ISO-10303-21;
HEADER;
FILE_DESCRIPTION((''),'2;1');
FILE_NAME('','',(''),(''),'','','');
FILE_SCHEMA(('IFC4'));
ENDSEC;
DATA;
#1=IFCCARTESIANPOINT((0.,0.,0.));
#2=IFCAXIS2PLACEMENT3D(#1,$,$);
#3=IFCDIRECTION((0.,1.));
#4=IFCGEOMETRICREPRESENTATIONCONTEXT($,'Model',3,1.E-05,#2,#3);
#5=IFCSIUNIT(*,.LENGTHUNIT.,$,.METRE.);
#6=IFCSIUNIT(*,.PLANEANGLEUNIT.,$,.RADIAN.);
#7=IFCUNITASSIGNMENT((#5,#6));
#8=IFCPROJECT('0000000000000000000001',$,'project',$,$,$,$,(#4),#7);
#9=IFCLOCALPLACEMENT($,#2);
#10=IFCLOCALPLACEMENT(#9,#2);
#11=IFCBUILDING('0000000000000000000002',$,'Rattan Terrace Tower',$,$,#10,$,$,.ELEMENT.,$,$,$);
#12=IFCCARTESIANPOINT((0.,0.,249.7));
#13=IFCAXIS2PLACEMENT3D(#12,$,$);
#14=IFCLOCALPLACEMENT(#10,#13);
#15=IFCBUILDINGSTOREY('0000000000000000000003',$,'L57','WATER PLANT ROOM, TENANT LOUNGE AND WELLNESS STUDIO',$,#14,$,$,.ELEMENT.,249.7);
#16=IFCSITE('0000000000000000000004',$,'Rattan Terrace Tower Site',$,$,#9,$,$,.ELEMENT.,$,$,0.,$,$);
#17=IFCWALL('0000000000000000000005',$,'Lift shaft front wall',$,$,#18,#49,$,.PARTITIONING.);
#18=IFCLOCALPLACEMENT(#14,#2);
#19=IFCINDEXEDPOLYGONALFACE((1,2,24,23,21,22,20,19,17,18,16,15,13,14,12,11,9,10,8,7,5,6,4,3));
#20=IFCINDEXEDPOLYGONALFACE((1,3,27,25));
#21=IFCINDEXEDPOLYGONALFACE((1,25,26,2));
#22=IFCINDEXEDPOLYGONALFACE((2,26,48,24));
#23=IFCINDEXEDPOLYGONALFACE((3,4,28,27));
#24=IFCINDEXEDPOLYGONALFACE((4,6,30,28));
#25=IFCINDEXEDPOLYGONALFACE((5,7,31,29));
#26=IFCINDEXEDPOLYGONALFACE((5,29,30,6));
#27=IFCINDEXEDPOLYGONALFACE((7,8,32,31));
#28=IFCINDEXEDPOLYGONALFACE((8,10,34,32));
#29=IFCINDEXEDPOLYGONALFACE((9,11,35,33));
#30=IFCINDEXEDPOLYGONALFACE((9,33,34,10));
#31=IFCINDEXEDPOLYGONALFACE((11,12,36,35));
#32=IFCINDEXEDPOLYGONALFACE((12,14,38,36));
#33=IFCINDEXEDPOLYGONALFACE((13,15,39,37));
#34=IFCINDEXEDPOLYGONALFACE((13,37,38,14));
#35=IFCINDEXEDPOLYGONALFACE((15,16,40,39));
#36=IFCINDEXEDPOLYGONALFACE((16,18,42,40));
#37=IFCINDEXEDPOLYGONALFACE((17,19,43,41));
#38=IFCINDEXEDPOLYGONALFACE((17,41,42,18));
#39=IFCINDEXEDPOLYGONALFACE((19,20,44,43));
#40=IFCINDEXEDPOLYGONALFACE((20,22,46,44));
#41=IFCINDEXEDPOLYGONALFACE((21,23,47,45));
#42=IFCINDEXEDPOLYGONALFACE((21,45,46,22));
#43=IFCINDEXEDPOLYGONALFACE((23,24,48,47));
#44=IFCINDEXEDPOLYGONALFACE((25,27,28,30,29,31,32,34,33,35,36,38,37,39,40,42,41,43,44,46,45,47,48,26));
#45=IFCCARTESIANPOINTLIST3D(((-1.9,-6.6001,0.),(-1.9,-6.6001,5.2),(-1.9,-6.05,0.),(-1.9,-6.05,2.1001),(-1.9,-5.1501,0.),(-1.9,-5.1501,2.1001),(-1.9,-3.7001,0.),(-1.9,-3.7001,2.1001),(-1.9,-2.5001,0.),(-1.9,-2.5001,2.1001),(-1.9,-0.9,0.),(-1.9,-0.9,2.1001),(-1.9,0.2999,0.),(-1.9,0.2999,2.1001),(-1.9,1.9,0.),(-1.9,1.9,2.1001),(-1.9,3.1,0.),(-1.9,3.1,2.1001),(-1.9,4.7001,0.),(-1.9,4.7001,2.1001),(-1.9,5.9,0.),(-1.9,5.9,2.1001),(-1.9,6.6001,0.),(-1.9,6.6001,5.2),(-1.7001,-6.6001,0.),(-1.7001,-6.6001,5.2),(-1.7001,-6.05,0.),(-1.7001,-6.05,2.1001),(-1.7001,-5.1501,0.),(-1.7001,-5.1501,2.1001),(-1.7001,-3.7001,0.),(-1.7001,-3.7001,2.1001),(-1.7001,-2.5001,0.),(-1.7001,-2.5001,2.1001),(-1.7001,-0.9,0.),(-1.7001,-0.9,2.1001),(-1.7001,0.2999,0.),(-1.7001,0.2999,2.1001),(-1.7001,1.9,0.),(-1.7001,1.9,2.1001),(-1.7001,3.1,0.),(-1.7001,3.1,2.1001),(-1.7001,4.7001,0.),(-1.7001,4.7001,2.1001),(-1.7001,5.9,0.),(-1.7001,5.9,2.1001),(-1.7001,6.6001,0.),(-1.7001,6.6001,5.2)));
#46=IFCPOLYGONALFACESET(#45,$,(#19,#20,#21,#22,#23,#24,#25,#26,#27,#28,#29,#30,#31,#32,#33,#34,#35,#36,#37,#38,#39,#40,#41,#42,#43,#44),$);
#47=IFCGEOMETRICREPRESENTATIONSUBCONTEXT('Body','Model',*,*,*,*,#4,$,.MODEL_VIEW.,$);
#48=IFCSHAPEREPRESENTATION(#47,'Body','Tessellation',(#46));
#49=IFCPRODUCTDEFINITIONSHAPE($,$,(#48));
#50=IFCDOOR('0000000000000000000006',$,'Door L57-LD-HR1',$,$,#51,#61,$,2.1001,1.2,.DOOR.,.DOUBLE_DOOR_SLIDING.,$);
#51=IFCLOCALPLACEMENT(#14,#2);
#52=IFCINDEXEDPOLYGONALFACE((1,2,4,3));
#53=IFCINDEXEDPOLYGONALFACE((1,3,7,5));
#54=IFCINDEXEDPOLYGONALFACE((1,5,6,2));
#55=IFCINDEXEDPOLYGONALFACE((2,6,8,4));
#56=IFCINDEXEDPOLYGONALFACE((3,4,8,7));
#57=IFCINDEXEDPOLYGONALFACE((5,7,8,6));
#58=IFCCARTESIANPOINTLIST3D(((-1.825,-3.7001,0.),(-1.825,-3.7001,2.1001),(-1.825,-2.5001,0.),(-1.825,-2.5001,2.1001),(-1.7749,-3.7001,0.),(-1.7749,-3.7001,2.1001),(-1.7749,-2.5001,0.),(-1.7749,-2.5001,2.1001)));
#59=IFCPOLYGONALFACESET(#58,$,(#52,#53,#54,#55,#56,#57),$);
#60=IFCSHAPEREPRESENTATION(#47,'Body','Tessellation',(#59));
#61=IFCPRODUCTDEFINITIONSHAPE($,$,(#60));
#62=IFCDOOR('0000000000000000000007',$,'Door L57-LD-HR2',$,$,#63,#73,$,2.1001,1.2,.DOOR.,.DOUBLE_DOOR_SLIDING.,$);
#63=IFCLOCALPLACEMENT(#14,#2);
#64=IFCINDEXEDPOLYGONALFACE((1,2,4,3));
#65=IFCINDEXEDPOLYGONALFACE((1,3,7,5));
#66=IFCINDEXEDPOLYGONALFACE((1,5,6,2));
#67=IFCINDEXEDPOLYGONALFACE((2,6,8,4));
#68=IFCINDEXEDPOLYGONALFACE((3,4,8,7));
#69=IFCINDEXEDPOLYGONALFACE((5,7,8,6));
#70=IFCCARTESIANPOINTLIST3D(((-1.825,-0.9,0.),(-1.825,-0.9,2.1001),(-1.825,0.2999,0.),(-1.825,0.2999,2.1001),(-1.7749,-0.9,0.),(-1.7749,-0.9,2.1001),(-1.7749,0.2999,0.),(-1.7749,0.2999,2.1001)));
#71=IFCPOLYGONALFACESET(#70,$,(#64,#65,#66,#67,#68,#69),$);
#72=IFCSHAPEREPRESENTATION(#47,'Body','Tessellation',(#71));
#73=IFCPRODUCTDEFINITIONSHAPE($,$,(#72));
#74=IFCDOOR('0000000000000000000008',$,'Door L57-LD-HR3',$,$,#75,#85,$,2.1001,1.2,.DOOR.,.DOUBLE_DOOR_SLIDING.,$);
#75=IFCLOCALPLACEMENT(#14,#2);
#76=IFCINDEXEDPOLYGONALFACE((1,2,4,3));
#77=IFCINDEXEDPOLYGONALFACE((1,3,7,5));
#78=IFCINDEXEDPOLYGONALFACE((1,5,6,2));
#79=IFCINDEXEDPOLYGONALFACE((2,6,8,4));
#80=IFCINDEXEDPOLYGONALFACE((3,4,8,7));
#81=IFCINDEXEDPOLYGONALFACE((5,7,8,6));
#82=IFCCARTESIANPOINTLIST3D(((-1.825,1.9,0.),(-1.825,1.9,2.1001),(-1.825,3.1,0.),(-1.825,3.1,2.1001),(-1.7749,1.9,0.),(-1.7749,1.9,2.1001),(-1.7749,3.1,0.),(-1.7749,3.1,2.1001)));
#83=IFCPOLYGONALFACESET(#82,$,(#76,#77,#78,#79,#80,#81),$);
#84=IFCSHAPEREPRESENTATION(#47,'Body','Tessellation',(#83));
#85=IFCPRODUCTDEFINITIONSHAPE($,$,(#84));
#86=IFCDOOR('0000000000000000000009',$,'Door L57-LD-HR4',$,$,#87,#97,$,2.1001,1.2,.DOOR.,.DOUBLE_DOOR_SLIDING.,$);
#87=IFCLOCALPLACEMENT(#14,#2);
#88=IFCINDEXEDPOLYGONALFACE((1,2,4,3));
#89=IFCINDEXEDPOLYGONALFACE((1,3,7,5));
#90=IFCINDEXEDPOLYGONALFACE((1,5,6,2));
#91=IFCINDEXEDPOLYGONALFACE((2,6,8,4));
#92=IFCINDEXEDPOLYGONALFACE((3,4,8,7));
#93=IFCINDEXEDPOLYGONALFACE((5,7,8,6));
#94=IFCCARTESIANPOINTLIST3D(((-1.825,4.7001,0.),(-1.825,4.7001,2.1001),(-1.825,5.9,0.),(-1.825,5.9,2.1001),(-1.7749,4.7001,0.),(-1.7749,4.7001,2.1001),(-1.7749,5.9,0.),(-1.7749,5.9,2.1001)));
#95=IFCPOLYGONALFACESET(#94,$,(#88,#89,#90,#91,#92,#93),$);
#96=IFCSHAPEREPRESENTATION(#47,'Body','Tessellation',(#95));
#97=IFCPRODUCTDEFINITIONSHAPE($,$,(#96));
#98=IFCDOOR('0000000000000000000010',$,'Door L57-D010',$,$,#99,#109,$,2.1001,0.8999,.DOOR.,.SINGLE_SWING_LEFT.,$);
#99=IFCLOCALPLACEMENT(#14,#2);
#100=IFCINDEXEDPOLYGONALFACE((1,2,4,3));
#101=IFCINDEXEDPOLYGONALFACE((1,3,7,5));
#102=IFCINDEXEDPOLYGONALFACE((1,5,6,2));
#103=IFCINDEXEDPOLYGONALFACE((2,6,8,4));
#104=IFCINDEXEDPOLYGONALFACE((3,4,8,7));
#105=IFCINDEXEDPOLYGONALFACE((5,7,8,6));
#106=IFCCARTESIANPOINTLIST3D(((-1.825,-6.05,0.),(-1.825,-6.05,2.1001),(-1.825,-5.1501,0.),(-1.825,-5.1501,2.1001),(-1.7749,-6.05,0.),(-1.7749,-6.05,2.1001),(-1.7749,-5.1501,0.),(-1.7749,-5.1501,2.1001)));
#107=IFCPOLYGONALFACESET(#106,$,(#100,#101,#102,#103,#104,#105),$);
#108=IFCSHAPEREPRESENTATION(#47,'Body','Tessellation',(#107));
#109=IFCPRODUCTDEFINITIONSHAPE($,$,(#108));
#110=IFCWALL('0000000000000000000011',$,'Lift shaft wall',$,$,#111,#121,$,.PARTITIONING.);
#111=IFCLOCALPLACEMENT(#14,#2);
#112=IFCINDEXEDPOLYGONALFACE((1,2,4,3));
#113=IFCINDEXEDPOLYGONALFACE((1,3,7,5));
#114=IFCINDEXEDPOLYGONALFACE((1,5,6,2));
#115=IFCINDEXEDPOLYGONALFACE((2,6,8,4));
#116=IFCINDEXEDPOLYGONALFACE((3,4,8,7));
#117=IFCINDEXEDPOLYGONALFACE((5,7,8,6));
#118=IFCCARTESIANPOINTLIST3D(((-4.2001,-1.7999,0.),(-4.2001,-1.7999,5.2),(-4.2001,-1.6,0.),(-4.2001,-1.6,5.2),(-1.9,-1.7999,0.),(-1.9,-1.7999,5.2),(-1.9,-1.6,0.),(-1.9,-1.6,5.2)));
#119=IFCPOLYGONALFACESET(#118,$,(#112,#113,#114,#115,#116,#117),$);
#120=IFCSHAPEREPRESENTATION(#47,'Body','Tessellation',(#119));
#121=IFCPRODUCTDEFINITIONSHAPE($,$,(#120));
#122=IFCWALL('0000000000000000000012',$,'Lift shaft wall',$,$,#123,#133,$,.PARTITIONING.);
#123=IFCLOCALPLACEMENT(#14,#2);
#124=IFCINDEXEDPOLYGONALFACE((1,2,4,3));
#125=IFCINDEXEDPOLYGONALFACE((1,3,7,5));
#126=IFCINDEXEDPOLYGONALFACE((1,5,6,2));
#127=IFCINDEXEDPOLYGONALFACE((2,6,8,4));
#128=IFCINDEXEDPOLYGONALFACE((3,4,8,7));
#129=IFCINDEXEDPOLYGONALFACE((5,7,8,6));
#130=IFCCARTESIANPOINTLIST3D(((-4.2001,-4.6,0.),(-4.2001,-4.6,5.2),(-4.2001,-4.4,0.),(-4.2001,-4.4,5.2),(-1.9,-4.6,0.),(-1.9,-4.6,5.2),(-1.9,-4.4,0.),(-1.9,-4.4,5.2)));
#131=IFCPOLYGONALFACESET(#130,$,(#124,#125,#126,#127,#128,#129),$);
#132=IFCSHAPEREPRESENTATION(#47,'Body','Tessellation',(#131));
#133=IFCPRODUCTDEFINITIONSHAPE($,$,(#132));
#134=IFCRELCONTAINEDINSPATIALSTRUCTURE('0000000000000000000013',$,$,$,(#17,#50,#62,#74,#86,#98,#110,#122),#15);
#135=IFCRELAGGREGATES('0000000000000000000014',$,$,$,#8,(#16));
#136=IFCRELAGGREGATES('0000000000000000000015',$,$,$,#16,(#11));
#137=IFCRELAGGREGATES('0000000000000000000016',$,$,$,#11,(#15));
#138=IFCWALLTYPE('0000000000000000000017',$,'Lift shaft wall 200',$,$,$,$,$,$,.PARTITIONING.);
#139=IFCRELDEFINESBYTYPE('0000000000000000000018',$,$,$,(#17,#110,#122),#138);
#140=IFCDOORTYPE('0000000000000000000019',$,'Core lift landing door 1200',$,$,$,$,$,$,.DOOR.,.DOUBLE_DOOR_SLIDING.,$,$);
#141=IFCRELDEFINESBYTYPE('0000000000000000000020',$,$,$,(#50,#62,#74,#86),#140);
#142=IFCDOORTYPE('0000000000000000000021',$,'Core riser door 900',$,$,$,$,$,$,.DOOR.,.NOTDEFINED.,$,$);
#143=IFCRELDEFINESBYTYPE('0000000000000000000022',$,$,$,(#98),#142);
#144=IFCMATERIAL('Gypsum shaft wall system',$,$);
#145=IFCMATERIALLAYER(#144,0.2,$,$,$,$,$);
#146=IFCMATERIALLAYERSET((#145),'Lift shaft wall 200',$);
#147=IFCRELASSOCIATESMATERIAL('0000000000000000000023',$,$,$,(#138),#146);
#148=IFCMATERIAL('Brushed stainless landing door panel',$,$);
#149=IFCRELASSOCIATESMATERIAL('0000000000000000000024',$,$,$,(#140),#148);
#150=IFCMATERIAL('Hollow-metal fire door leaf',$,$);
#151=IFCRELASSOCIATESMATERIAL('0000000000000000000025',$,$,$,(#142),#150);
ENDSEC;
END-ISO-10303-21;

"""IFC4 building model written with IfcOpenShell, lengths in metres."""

from ifc_helpers import new_model, si_unit, direction, frame, frame_2d, origin, place, context, subcontext, project, spatial, rectangle, extrude, material, layer, layer_set, type_object, element, fill, save


model = new_model("IFC4")

# Units and contexts
model_context = context("Model", 3, precision=1e-05, world=origin(), true_north=direction((0.0, 1.0)))
body_context = subcontext(model_context, "Body", "Model", "MODEL_VIEW")
ifc_project = project(units=[si_unit("LENGTHUNIT", "METRE"), si_unit("PLANEANGLEUNIT", "RADIAN")], contexts=[model_context])

# Site, building, storey
site_placement = place(None, origin())
site = spatial("IfcSite", under=ifc_project, at=site_placement, Name="Rattan Terrace Tower Site", CompositionType="ELEMENT", RefElevation=0.0)
building_placement = place(site_placement, origin())
building = spatial("IfcBuilding", under=site, at=building_placement, Name="Rattan Terrace Tower", CompositionType="ELEMENT")
storey_placement = place(building_placement, frame((0.0, 0.0, 249.7)))
storey = spatial("IfcBuildingStorey", under=building, at=storey_placement, Name="L57", Description="WATER PLANT ROOM, TENANT LOUNGE AND WELLNESS STUDIO", CompositionType="ELEMENT", Elevation=249.7)

# Wall, openings, doors
ifc_material_1 = material(Name="Gypsum shaft wall system")
ifc_layer_1 = layer(ifc_material_1, 0.2)
ifc_layer_set_1 = layer_set([ifc_layer_1], Name="Lift shaft wall 200")
wall_type_1 = type_object("IfcWallType", Name="Lift shaft wall 200", PredefinedType="PARTITIONING", material=ifc_layer_set_1)
wall_1_placement = place(storey_placement, frame((-1.8, -6.6001, 0.0), z_axis=(0.0, 0.0, 1.0), x_axis=(0.0, 1.0, 0.0)))
wall_1 = element("IfcWall", 1, at=wall_1_placement, inside=storey, type_object=wall_type_1, Name="Lift shaft front wall", PredefinedType="PARTITIONING", context=body_context, shape_type="SweptSolid", body=[
    extrude(rectangle(XDim=13.2002, YDim=0.2, at=frame_2d((6.6001, 0.0))), origin(), (0.0, 0.0, 1.0), 5.2),
])
opening_1_placement = place(wall_1_placement, frame((0.55, 0.0, 0.0)))
opening_1 = element("IfcOpeningElement", 2, at=opening_1_placement, cuts=wall_1, PredefinedType="OPENING", context=body_context, shape_type="SweptSolid", body=[
    extrude(rectangle(XDim=0.8999, YDim=2.1001, at=frame_2d((0.45, 1.05))), frame((0.0, 0.1106, 0.0), z_axis=(0.0, -1.0, 0.0), x_axis=(1.0, 0.0, 0.0)), (0.0, 0.0, 1.0), 0.2209),
])
opening_2_placement = place(wall_1_placement, frame((2.8999, 0.0, 0.0)))
opening_2 = element("IfcOpeningElement", 3, at=opening_2_placement, cuts=wall_1, PredefinedType="OPENING", context=body_context, shape_type="SweptSolid", body=[
    extrude(rectangle(XDim=1.2, YDim=2.1001, at=frame_2d((0.6001, 1.05))), frame((0.0, 0.1106, 0.0), z_axis=(0.0, -1.0, 0.0), x_axis=(1.0, 0.0, 0.0)), (0.0, 0.0, 1.0), 0.2209),
])
opening_3_placement = place(wall_1_placement, frame((5.7, 0.0, 0.0)))
opening_3 = element("IfcOpeningElement", 4, at=opening_3_placement, cuts=wall_1, PredefinedType="OPENING", context=body_context, shape_type="SweptSolid", body=[
    extrude(rectangle(XDim=1.2, YDim=2.1001, at=frame_2d((0.6001, 1.05))), frame((0.0, 0.1106, 0.0), z_axis=(0.0, -1.0, 0.0), x_axis=(1.0, 0.0, 0.0)), (0.0, 0.0, 1.0), 0.2209),
])
opening_4_placement = place(wall_1_placement, frame((8.5, 0.0, 0.0)))
opening_4 = element("IfcOpeningElement", 5, at=opening_4_placement, cuts=wall_1, PredefinedType="OPENING", context=body_context, shape_type="SweptSolid", body=[
    extrude(rectangle(XDim=1.2, YDim=2.1001, at=frame_2d((0.6001, 1.05))), frame((0.0, 0.1106, 0.0), z_axis=(0.0, -1.0, 0.0), x_axis=(1.0, 0.0, 0.0)), (0.0, 0.0, 1.0), 0.2209),
])
opening_5_placement = place(wall_1_placement, frame((11.3, 0.0, 0.0)))
opening_5 = element("IfcOpeningElement", 6, at=opening_5_placement, cuts=wall_1, PredefinedType="OPENING", context=body_context, shape_type="SweptSolid", body=[
    extrude(rectangle(XDim=1.2, YDim=2.1001, at=frame_2d((0.6001, 1.05))), frame((0.0, 0.1106, 0.0), z_axis=(0.0, -1.0, 0.0), x_axis=(1.0, 0.0, 0.0)), (0.0, 0.0, 1.0), 0.2209),
])
ifc_material_2 = material(Name="Brushed stainless landing door panel")
door_type_1 = type_object("IfcDoorType", Name="Core lift landing door 1200", OperationType="DOUBLE_DOOR_SLIDING", PredefinedType="DOOR", material=ifc_material_2)
door_1_placement = place(opening_2_placement, origin())
door_1 = element("IfcDoor", 7, at=door_1_placement, inside=storey, type_object=door_type_1, Name="Door L57-LD-HR1", OperationType="DOUBLE_DOOR_SLIDING", OverallHeight=2.1001, OverallWidth=1.2, PredefinedType="DOOR", context=body_context, shape_type="SweptSolid", body=[
    extrude(rectangle(XDim=1.2, YDim=2.1001, at=frame_2d((0.6001, 1.05))), frame((0.0, 0.0249, 0.0), z_axis=(0.0, -1.0, 0.0), x_axis=(1.0, 0.0, 0.0)), (0.0, 0.0, 1.0), 0.05),
])
fill(opening_2, door_1)
door_2_placement = place(opening_3_placement, origin())
door_2 = element("IfcDoor", 8, at=door_2_placement, inside=storey, type_object=door_type_1, Name="Door L57-LD-HR2", OperationType="DOUBLE_DOOR_SLIDING", OverallHeight=2.1001, OverallWidth=1.2, PredefinedType="DOOR", context=body_context, shape_type="SweptSolid", body=[
    extrude(rectangle(XDim=1.2, YDim=2.1001, at=frame_2d((0.6001, 1.05))), frame((0.0, 0.0249, 0.0), z_axis=(0.0, -1.0, 0.0), x_axis=(1.0, 0.0, 0.0)), (0.0, 0.0, 1.0), 0.05),
])
fill(opening_3, door_2)
door_3_placement = place(opening_4_placement, origin())
door_3 = element("IfcDoor", 9, at=door_3_placement, inside=storey, type_object=door_type_1, Name="Door L57-LD-HR3", OperationType="DOUBLE_DOOR_SLIDING", OverallHeight=2.1001, OverallWidth=1.2, PredefinedType="DOOR", context=body_context, shape_type="SweptSolid", body=[
    extrude(rectangle(XDim=1.2, YDim=2.1001, at=frame_2d((0.6001, 1.05))), frame((0.0, 0.0249, 0.0), z_axis=(0.0, -1.0, 0.0), x_axis=(1.0, 0.0, 0.0)), (0.0, 0.0, 1.0), 0.05),
])
fill(opening_4, door_3)
door_4_placement = place(opening_5_placement, origin())
door_4 = element("IfcDoor", 10, at=door_4_placement, inside=storey, type_object=door_type_1, Name="Door L57-LD-HR4", OperationType="DOUBLE_DOOR_SLIDING", OverallHeight=2.1001, OverallWidth=1.2, PredefinedType="DOOR", context=body_context, shape_type="SweptSolid", body=[
    extrude(rectangle(XDim=1.2, YDim=2.1001, at=frame_2d((0.6001, 1.05))), frame((0.0, 0.0249, 0.0), z_axis=(0.0, -1.0, 0.0), x_axis=(1.0, 0.0, 0.0)), (0.0, 0.0, 1.0), 0.05),
])
fill(opening_5, door_4)
ifc_material_3 = material(Name="Hollow-metal fire door leaf")
door_type_2 = type_object("IfcDoorType", Name="Core riser door 900", OperationType="NOTDEFINED", PredefinedType="DOOR", material=ifc_material_3)
door_5_placement = place(opening_1_placement, origin())
door_5 = element("IfcDoor", 11, at=door_5_placement, inside=storey, type_object=door_type_2, Name="Door L57-D010", OperationType="SINGLE_SWING_LEFT", OverallHeight=2.1001, OverallWidth=0.8999, PredefinedType="DOOR", context=body_context, shape_type="SweptSolid", body=[
    extrude(rectangle(XDim=0.8999, YDim=2.1001, at=frame_2d((0.45, 1.05))), frame((0.0, 0.0249, 0.0), z_axis=(0.0, -1.0, 0.0), x_axis=(1.0, 0.0, 0.0)), (0.0, 0.0, 1.0), 0.05),
])
fill(opening_1, door_5)

# Walls
for number, where, z_axis, x_axis, name in (
    (12, (-4.2, -1.7, 0.0), (0.0, 0.0, 1.0), (1.0, 0.0, 0.0), "Lift shaft wall"),
    (13, (-4.2, -4.5, 0.0), (0.0, 0.0, 1.0), (1.0, 0.0, 0.0), "Lift shaft wall"),
):
    element("IfcWall", number, at=place(storey_placement, frame(where, z_axis=z_axis, x_axis=x_axis)), inside=storey, type_object=wall_type_1, Name=name, PredefinedType="PARTITIONING", context=body_context, shape_type="SweptSolid", body=[
        extrude(rectangle(XDim=2.3, YDim=0.2, at=frame_2d((1.1499, 0.0))), origin(), (0.0, 0.0, 1.0), 5.2),
    ])

save(model, "model.ifc")
